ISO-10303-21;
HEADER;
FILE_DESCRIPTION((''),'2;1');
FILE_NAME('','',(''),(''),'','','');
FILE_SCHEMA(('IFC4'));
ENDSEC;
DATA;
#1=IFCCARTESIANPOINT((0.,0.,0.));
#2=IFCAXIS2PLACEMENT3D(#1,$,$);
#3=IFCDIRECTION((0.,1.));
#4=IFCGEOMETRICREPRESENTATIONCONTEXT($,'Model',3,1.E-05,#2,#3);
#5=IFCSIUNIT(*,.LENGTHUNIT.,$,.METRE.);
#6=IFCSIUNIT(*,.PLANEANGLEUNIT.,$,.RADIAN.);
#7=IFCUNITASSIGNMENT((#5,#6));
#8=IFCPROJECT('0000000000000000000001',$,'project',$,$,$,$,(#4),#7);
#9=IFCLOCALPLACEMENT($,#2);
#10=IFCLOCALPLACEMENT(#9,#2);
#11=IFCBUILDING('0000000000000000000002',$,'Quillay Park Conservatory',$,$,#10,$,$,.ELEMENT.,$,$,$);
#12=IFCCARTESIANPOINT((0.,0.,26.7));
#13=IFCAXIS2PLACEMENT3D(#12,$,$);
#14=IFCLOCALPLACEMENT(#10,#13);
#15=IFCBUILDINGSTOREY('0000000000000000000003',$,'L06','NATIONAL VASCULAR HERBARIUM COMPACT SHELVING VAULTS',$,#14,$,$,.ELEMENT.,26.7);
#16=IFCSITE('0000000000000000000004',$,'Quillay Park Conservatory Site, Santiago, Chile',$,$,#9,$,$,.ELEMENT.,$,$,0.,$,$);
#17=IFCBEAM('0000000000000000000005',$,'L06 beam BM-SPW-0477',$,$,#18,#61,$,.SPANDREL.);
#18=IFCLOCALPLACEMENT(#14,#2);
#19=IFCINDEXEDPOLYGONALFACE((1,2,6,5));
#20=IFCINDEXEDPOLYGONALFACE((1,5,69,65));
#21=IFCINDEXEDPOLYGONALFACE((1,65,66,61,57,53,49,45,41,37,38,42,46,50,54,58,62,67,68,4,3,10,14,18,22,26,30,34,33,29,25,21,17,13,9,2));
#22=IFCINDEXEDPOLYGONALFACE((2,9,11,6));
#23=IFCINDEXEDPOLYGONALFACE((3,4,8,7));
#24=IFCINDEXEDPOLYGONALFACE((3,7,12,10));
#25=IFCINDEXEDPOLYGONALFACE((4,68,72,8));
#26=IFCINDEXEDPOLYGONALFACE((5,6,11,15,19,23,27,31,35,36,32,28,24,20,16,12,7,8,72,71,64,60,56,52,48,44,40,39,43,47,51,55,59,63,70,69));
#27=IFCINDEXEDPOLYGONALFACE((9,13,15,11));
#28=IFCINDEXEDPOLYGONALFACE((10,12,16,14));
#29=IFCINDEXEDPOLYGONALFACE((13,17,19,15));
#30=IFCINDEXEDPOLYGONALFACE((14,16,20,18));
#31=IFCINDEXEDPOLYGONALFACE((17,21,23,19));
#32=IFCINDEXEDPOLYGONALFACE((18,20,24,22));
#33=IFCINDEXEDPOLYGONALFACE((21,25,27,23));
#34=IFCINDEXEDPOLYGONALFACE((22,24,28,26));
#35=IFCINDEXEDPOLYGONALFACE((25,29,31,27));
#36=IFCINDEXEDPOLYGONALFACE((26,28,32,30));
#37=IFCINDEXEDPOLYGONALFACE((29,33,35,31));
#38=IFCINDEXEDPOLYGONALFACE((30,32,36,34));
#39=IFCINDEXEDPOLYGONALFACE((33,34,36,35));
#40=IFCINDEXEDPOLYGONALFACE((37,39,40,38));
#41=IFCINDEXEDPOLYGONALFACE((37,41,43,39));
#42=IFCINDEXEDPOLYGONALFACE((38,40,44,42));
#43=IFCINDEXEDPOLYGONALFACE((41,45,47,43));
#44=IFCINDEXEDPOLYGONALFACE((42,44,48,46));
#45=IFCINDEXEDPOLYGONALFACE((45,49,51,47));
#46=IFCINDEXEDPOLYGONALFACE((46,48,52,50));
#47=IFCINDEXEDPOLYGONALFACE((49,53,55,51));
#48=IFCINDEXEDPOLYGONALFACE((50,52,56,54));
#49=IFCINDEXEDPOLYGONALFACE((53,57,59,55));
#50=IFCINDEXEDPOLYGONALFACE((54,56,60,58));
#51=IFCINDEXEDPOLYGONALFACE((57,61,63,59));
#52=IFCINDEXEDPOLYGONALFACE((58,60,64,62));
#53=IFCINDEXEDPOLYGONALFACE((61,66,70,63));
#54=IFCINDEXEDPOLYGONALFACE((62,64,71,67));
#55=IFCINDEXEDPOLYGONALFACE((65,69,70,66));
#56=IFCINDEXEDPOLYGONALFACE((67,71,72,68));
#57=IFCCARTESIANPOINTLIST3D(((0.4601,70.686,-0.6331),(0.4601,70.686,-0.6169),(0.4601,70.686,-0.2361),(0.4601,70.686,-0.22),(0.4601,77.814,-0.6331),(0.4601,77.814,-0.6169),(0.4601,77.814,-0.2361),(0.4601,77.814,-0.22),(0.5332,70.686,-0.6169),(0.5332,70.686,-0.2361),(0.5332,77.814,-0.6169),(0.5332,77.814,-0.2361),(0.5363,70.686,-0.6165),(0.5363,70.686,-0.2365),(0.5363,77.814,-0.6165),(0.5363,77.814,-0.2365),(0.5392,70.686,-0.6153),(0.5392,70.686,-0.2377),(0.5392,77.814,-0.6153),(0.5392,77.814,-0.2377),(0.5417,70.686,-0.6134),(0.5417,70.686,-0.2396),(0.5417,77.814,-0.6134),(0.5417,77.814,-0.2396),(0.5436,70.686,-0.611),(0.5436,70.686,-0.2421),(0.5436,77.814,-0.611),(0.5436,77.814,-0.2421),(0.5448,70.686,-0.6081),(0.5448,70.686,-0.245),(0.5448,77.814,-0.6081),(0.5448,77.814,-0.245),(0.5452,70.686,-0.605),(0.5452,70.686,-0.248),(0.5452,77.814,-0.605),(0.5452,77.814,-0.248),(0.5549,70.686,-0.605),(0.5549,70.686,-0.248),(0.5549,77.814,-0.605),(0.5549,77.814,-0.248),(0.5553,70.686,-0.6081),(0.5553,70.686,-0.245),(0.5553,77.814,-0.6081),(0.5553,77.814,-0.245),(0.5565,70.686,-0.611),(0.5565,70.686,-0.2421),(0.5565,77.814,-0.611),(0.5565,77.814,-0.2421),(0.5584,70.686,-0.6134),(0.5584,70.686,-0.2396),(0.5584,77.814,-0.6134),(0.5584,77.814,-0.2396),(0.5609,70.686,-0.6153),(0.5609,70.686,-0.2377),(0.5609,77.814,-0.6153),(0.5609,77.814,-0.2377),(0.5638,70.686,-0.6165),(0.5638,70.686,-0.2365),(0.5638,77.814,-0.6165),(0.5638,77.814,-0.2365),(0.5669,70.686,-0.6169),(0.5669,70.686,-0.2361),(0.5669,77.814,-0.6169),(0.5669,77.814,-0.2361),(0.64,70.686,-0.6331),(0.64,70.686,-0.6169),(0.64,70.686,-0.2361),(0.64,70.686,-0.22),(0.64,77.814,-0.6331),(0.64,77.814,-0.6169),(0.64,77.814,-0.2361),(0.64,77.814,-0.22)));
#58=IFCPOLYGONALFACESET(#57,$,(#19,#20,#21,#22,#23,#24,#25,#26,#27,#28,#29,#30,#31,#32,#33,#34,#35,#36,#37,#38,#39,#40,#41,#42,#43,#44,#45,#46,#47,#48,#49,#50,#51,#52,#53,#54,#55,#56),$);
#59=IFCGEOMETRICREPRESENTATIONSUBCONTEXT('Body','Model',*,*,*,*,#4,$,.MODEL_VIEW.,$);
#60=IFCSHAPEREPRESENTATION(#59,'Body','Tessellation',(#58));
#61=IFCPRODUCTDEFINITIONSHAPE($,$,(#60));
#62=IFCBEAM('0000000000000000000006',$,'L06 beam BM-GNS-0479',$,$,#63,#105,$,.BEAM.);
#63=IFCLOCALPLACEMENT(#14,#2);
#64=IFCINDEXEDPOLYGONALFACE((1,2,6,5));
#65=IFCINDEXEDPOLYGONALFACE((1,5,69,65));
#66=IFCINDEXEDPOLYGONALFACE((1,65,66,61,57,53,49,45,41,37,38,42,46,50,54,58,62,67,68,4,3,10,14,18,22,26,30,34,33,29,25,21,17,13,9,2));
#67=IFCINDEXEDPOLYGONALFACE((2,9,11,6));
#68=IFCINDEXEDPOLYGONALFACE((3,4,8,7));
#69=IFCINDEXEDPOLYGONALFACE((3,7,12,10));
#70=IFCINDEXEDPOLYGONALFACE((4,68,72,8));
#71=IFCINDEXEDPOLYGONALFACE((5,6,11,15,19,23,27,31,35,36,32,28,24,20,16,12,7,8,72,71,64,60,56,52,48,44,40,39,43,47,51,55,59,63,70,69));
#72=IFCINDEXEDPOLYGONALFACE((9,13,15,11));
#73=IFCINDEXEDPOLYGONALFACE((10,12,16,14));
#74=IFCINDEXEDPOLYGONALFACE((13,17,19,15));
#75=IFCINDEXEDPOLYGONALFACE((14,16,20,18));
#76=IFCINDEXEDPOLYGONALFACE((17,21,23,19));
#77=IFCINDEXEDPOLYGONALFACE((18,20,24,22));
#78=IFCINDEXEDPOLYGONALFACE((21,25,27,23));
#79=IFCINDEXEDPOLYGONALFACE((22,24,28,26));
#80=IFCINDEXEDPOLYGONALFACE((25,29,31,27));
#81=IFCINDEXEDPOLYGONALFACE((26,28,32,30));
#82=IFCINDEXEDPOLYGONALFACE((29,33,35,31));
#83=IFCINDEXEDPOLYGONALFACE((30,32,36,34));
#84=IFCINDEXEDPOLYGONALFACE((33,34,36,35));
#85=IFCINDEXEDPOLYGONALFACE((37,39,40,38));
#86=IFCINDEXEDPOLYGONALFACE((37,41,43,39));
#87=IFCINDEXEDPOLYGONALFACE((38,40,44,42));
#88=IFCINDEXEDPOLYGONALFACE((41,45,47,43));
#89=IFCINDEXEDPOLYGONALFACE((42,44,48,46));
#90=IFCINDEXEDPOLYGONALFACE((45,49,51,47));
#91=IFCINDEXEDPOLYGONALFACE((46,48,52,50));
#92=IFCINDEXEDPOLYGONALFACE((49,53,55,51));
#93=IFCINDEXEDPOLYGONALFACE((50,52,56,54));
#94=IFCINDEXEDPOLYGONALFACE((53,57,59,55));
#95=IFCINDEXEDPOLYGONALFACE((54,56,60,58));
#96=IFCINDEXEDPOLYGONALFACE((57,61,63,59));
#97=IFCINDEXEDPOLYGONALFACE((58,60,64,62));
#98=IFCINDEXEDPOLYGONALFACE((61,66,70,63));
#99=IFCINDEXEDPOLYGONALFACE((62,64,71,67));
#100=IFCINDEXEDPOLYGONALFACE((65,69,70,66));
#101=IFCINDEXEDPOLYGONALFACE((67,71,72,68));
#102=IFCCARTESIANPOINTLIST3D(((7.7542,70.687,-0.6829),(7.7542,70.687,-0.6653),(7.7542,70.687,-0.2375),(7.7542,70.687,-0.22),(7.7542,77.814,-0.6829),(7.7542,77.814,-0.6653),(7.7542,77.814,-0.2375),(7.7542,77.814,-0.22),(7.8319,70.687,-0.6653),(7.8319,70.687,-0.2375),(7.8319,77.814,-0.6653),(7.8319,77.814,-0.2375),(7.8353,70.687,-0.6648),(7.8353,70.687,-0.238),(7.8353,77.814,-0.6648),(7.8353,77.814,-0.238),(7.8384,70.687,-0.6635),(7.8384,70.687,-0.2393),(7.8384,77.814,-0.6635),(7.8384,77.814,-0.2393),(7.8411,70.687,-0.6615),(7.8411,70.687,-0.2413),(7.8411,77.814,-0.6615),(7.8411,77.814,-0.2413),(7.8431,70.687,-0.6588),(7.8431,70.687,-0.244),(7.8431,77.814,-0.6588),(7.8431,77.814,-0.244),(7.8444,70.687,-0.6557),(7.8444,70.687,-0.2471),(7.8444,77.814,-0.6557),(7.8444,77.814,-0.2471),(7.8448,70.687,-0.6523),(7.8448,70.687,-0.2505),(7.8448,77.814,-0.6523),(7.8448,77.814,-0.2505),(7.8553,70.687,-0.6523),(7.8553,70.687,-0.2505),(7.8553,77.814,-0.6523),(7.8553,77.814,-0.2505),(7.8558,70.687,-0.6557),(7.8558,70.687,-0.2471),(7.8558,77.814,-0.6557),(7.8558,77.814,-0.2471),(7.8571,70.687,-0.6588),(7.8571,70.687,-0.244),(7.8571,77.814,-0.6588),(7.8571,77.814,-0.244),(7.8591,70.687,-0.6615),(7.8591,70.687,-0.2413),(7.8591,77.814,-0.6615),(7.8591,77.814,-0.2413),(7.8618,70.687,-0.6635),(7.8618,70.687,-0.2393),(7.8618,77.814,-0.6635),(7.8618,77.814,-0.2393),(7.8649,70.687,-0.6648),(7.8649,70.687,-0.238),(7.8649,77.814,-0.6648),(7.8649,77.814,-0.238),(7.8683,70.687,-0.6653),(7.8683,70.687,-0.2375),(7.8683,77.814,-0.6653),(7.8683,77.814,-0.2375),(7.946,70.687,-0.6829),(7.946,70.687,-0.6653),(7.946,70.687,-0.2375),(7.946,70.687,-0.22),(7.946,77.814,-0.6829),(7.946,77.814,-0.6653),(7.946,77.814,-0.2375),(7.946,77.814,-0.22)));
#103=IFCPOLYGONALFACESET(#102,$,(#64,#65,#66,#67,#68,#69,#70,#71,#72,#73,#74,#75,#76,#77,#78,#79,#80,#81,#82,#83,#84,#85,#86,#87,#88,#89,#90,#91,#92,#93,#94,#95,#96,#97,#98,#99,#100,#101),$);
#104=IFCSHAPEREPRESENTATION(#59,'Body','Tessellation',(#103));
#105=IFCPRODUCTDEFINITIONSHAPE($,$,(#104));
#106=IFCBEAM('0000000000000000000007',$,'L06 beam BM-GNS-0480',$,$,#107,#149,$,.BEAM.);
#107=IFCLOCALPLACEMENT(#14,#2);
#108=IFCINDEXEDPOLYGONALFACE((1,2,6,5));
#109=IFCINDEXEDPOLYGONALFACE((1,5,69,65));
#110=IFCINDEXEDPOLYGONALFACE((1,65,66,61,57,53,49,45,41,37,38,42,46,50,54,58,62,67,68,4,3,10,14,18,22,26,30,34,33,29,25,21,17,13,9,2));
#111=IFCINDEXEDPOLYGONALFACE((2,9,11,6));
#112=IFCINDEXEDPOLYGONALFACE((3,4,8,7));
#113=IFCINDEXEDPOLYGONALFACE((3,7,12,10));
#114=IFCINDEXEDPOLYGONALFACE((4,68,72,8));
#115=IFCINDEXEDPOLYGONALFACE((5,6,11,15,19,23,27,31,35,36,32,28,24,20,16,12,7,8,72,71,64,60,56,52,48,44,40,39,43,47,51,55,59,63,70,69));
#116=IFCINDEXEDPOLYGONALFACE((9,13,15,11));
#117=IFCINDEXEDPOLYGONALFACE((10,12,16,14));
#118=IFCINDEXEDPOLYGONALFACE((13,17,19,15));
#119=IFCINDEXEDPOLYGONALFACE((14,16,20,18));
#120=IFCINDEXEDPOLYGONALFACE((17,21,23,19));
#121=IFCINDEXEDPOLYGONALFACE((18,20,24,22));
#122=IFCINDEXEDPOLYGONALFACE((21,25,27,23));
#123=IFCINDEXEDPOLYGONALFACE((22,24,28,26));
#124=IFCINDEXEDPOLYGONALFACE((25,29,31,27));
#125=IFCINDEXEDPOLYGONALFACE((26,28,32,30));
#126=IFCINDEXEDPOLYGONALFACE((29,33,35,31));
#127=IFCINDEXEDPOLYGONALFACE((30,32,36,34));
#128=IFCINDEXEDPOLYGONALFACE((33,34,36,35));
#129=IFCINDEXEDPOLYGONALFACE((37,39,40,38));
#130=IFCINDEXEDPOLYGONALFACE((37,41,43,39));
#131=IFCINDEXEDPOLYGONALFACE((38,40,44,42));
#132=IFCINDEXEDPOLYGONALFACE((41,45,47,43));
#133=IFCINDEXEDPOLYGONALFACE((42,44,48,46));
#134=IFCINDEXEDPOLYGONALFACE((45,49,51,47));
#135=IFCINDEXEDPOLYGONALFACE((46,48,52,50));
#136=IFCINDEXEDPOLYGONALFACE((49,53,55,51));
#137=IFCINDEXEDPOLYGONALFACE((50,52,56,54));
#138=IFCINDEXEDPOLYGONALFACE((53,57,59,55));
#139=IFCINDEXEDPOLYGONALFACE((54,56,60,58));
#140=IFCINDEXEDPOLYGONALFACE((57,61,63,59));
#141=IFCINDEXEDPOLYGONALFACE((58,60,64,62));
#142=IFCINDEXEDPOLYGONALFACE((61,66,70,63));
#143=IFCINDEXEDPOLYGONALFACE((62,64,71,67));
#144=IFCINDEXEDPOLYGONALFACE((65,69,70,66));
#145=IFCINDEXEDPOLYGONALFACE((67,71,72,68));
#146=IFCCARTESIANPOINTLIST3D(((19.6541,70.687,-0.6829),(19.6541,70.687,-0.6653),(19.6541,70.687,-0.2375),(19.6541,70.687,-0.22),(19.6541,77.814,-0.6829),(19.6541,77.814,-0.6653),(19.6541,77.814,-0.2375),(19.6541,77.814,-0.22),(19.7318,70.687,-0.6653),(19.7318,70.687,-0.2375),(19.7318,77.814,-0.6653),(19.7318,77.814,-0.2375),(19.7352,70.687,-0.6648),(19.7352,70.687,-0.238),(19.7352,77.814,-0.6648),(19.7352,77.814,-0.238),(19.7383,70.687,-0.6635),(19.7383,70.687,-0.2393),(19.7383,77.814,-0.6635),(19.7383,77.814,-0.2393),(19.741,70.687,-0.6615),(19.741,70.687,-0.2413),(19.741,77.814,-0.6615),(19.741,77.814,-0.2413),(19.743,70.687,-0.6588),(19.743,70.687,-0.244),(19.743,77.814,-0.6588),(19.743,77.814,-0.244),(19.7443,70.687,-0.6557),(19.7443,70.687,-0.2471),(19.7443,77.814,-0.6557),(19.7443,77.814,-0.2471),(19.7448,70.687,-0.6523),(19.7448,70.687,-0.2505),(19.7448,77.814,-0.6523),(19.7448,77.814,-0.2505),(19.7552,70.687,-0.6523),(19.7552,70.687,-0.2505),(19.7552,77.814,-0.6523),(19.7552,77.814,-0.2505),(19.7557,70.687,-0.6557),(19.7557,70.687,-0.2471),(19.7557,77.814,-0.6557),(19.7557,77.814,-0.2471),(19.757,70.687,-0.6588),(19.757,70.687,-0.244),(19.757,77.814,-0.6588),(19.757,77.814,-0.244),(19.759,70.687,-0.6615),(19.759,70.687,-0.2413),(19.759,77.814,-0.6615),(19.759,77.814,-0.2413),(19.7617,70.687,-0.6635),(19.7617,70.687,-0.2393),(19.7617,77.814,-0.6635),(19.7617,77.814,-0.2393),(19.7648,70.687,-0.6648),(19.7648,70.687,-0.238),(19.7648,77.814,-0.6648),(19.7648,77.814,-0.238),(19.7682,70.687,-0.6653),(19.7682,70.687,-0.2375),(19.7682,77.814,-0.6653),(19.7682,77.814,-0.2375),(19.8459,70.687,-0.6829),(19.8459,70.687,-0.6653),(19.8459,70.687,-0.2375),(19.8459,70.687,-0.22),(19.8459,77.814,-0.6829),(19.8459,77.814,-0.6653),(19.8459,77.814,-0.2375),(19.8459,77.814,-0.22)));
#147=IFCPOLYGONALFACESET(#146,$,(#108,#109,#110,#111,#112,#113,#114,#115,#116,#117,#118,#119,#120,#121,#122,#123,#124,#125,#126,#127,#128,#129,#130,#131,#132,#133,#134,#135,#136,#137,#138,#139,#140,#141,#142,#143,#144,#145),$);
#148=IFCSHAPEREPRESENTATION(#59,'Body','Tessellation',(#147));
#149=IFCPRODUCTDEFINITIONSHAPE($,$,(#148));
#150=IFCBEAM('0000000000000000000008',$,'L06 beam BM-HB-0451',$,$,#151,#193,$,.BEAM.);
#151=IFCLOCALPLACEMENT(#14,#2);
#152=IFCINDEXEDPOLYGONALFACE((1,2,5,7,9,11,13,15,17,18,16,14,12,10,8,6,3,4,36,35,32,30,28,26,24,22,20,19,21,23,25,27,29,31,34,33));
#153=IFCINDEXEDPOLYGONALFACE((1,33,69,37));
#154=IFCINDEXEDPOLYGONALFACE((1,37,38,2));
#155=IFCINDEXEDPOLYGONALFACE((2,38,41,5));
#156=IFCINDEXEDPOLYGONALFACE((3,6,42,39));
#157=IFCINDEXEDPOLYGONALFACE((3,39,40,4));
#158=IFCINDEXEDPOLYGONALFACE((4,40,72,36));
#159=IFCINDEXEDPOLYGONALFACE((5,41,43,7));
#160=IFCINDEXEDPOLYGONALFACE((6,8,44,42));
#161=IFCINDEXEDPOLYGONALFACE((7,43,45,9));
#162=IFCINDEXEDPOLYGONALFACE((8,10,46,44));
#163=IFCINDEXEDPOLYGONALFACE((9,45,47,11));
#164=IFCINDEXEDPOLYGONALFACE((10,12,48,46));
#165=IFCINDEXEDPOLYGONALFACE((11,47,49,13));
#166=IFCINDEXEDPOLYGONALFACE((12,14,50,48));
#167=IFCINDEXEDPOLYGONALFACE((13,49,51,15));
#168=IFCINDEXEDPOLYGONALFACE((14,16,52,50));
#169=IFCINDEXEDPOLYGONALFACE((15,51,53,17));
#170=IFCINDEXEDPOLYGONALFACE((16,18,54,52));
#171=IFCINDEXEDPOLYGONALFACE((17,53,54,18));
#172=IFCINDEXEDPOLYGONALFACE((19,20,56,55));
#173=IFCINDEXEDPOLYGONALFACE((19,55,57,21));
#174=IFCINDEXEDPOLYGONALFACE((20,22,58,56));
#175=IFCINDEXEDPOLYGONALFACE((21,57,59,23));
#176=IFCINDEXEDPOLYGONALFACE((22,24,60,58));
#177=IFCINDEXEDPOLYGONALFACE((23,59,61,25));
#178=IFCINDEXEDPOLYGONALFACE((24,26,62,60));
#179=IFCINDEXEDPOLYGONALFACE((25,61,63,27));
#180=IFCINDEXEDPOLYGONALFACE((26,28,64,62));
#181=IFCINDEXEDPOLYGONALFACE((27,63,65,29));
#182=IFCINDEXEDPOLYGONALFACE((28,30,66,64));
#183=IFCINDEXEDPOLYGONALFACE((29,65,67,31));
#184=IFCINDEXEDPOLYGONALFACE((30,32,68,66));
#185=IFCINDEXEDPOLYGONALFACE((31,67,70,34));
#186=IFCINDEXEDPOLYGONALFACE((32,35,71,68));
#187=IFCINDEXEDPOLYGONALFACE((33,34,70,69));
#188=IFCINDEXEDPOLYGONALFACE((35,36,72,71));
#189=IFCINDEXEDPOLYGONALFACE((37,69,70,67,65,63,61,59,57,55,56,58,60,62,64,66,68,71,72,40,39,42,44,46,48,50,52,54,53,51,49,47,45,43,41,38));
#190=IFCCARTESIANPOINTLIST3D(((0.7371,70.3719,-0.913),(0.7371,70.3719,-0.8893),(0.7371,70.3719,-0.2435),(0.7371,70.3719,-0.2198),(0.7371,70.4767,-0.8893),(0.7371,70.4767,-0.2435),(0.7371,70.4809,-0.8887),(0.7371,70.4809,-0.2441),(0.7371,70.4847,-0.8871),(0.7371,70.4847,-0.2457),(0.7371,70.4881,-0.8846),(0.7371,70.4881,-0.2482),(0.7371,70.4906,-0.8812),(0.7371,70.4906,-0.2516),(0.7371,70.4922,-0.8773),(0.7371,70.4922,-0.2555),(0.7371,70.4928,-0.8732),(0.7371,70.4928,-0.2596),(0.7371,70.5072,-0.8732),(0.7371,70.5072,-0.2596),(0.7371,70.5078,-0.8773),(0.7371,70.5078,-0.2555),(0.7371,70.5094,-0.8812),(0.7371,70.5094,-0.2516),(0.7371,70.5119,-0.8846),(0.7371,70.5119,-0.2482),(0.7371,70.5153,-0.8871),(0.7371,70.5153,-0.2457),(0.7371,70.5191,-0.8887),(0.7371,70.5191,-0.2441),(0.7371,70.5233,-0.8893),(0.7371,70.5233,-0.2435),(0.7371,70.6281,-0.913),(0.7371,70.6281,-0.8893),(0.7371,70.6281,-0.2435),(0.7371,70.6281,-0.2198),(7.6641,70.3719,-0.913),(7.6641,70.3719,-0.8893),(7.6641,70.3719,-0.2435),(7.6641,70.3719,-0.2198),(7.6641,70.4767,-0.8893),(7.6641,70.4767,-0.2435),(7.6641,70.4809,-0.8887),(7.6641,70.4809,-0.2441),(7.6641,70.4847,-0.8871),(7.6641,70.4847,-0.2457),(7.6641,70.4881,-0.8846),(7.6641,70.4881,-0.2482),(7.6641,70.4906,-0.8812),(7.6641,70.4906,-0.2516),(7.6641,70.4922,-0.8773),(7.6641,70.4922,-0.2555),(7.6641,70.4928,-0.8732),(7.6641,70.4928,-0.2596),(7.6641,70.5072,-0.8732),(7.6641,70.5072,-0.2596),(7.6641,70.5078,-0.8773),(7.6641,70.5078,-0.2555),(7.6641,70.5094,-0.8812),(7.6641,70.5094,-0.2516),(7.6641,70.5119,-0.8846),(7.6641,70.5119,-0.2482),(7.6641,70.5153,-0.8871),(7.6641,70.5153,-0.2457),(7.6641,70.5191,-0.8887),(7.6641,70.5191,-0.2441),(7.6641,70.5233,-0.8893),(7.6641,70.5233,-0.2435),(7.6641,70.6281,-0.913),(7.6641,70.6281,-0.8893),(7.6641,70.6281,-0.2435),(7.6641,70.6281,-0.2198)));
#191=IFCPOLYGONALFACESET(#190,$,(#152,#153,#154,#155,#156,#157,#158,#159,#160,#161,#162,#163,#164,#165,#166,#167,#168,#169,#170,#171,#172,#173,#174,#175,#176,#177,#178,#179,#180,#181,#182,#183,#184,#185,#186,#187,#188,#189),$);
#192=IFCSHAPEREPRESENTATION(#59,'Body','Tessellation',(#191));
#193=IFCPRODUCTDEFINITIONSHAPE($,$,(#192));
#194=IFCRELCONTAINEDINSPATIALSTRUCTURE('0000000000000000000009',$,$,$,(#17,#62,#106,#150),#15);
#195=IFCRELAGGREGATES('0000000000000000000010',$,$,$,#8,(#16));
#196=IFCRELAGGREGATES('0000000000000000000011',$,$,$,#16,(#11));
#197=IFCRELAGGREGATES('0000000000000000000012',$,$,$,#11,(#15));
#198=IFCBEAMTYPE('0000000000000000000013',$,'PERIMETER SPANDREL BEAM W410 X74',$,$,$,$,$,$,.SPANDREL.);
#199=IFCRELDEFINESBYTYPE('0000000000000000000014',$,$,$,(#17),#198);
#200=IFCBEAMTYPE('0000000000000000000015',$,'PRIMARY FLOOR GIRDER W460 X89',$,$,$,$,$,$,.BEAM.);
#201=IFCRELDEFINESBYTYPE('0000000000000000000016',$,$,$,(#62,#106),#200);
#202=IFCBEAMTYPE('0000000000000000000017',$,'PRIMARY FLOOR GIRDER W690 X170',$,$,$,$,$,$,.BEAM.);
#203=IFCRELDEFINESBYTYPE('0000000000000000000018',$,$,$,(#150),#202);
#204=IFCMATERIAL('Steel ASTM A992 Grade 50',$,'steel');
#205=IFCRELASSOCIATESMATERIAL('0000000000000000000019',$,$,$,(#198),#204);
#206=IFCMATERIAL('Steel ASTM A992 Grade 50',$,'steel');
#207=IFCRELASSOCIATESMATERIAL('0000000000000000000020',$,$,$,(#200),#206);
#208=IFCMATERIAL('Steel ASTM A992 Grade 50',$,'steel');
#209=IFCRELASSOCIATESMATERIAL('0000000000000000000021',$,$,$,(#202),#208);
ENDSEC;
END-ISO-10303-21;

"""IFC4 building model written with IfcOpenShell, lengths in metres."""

from ifc_helpers import new_model, si_unit, direction, frame, origin, origin_2d, place, context, subcontext, project, spatial, i_section, extrude, material, material_profile, profile_set, type_object, element, save


model = new_model("IFC4")

# Units and contexts
model_context = context("Model", 3, precision=1e-05, world=origin(), true_north=direction((0.0, 1.0)))
body_context = subcontext(model_context, "Body", "Model", "MODEL_VIEW")
ifc_project = project(units=[si_unit("LENGTHUNIT", "METRE"), si_unit("PLANEANGLEUNIT", "RADIAN")], contexts=[model_context])

# Site, building, storey
site_placement = place(None, origin())
site = spatial("IfcSite", under=ifc_project, at=site_placement, Name="Quillay Park Conservatory Site, Santiago, Chile", CompositionType="ELEMENT", RefElevation=0.0)
building_placement = place(site_placement, origin())
building = spatial("IfcBuilding", under=site, at=building_placement, Name="Quillay Park Conservatory", CompositionType="ELEMENT")
storey_placement = place(building_placement, frame((0.0, 0.0, 26.7)))
storey = spatial("IfcBuildingStorey", under=building, at=storey_placement, Name="L06", Description="NATIONAL VASCULAR HERBARIUM COMPACT SHELVING VAULTS", CompositionType="ELEMENT", Elevation=26.7)

# Beams
ifc_material_1 = material(Name="Steel ASTM A992 Grade 50", Category="steel")
ifc_material_profile_1 = material_profile(ifc_material_1, i_section(OverallWidth=0.1799, OverallDepth=0.4131, WebThickness=0.0098, FlangeThickness=0.0161, FilletRadius=0.012, at=origin_2d()), Name="W410x74")
ifc_profile_set_1 = profile_set([ifc_material_profile_1], Name="Steel ASTM A992 Grade 50")
beam_type_1 = type_object("IfcBeamType", Name="PERIMETER SPANDREL BEAM W410 X74", PredefinedType="SPANDREL", material=ifc_profile_set_1)
beam_1_placement = place(storey_placement, frame((0.55, 70.686, -0.4265), z_axis=(0.0, 1.0, 0.0), x_axis=(-1.0, 0.0, 0.0)))
element("IfcBeam", 1, at=beam_1_placement, inside=storey, type_object=beam_type_1, Name="L06 beam BM-SPW-0477", PredefinedType="SPANDREL", context=body_context, shape_type="SweptSolid", body=[
    extrude(i_section(OverallWidth=0.1799, OverallDepth=0.4131, WebThickness=0.0098, FlangeThickness=0.0161, FilletRadius=0.012, at=origin_2d()), origin(), (0.0, 0.0, 1.0), 7.1279),
])
ifc_material_2 = material(Name="Steel ASTM A992 Grade 50", Category="steel")
ifc_material_profile_2 = material_profile(ifc_material_2, i_section(OverallWidth=0.1919, OverallDepth=0.4629, WebThickness=0.0105, FlangeThickness=0.0176, FilletRadius=0.0129, at=origin_2d()), Name="W460x89")
ifc_profile_set_2 = profile_set([ifc_material_profile_2], Name="Steel ASTM A992 Grade 50")
beam_type_2 = type_object("IfcBeamType", Name="PRIMARY FLOOR GIRDER W460 X89", PredefinedType="BEAM", material=ifc_profile_set_2)
for number, where, z_axis, x_axis, name in (
    (2, (7.8501, 70.687, -0.4514), (0.0, 1.0, 0.0), (-1.0, 0.0, 0.0), "L06 beam BM-GNS-0479"),
    (3, (19.75, 70.687, -0.4514), (0.0, 1.0, 0.0), (-1.0, 0.0, 0.0), "L06 beam BM-GNS-0480"),
):
    element("IfcBeam", number, at=place(storey_placement, frame(where, z_axis=z_axis, x_axis=x_axis)), inside=storey, type_object=beam_type_2, Name=name, PredefinedType="BEAM", context=body_context, shape_type="SweptSolid", body=[
        extrude(i_section(OverallWidth=0.1919, OverallDepth=0.4629, WebThickness=0.0105, FlangeThickness=0.0176, FilletRadius=0.0129, at=origin_2d()), origin(), (0.0, 0.0, 1.0), 7.127),
    ])
ifc_material_3 = material(Name="Steel ASTM A992 Grade 50", Category="steel")
ifc_material_profile_3 = material_profile(ifc_material_3, i_section(OverallWidth=0.2561, OverallDepth=0.6931, WebThickness=0.0144, FlangeThickness=0.0237, FilletRadius=0.0161, at=origin_2d()), Name="W690x170")
ifc_profile_set_3 = profile_set([ifc_material_profile_3], Name="Steel ASTM A992 Grade 50")
beam_type_3 = type_object("IfcBeamType", Name="PRIMARY FLOOR GIRDER W690 X170", PredefinedType="BEAM", material=ifc_profile_set_3)
beam_2_placement = place(storey_placement, frame((0.7371, 70.5, -0.5664), z_axis=(1.0, 0.0, 0.0), x_axis=(0.0, 1.0, 0.0)))
element("IfcBeam", 4, at=beam_2_placement, inside=storey, type_object=beam_type_3, Name="L06 beam BM-HB-0451", PredefinedType="BEAM", context=body_context, shape_type="SweptSolid", body=[
    extrude(i_section(OverallWidth=0.2561, OverallDepth=0.6931, WebThickness=0.0144, FlangeThickness=0.0237, FilletRadius=0.0161, at=origin_2d()), origin(), (0.0, 0.0, 1.0), 6.927),
])

save(model, "model.ifc")
